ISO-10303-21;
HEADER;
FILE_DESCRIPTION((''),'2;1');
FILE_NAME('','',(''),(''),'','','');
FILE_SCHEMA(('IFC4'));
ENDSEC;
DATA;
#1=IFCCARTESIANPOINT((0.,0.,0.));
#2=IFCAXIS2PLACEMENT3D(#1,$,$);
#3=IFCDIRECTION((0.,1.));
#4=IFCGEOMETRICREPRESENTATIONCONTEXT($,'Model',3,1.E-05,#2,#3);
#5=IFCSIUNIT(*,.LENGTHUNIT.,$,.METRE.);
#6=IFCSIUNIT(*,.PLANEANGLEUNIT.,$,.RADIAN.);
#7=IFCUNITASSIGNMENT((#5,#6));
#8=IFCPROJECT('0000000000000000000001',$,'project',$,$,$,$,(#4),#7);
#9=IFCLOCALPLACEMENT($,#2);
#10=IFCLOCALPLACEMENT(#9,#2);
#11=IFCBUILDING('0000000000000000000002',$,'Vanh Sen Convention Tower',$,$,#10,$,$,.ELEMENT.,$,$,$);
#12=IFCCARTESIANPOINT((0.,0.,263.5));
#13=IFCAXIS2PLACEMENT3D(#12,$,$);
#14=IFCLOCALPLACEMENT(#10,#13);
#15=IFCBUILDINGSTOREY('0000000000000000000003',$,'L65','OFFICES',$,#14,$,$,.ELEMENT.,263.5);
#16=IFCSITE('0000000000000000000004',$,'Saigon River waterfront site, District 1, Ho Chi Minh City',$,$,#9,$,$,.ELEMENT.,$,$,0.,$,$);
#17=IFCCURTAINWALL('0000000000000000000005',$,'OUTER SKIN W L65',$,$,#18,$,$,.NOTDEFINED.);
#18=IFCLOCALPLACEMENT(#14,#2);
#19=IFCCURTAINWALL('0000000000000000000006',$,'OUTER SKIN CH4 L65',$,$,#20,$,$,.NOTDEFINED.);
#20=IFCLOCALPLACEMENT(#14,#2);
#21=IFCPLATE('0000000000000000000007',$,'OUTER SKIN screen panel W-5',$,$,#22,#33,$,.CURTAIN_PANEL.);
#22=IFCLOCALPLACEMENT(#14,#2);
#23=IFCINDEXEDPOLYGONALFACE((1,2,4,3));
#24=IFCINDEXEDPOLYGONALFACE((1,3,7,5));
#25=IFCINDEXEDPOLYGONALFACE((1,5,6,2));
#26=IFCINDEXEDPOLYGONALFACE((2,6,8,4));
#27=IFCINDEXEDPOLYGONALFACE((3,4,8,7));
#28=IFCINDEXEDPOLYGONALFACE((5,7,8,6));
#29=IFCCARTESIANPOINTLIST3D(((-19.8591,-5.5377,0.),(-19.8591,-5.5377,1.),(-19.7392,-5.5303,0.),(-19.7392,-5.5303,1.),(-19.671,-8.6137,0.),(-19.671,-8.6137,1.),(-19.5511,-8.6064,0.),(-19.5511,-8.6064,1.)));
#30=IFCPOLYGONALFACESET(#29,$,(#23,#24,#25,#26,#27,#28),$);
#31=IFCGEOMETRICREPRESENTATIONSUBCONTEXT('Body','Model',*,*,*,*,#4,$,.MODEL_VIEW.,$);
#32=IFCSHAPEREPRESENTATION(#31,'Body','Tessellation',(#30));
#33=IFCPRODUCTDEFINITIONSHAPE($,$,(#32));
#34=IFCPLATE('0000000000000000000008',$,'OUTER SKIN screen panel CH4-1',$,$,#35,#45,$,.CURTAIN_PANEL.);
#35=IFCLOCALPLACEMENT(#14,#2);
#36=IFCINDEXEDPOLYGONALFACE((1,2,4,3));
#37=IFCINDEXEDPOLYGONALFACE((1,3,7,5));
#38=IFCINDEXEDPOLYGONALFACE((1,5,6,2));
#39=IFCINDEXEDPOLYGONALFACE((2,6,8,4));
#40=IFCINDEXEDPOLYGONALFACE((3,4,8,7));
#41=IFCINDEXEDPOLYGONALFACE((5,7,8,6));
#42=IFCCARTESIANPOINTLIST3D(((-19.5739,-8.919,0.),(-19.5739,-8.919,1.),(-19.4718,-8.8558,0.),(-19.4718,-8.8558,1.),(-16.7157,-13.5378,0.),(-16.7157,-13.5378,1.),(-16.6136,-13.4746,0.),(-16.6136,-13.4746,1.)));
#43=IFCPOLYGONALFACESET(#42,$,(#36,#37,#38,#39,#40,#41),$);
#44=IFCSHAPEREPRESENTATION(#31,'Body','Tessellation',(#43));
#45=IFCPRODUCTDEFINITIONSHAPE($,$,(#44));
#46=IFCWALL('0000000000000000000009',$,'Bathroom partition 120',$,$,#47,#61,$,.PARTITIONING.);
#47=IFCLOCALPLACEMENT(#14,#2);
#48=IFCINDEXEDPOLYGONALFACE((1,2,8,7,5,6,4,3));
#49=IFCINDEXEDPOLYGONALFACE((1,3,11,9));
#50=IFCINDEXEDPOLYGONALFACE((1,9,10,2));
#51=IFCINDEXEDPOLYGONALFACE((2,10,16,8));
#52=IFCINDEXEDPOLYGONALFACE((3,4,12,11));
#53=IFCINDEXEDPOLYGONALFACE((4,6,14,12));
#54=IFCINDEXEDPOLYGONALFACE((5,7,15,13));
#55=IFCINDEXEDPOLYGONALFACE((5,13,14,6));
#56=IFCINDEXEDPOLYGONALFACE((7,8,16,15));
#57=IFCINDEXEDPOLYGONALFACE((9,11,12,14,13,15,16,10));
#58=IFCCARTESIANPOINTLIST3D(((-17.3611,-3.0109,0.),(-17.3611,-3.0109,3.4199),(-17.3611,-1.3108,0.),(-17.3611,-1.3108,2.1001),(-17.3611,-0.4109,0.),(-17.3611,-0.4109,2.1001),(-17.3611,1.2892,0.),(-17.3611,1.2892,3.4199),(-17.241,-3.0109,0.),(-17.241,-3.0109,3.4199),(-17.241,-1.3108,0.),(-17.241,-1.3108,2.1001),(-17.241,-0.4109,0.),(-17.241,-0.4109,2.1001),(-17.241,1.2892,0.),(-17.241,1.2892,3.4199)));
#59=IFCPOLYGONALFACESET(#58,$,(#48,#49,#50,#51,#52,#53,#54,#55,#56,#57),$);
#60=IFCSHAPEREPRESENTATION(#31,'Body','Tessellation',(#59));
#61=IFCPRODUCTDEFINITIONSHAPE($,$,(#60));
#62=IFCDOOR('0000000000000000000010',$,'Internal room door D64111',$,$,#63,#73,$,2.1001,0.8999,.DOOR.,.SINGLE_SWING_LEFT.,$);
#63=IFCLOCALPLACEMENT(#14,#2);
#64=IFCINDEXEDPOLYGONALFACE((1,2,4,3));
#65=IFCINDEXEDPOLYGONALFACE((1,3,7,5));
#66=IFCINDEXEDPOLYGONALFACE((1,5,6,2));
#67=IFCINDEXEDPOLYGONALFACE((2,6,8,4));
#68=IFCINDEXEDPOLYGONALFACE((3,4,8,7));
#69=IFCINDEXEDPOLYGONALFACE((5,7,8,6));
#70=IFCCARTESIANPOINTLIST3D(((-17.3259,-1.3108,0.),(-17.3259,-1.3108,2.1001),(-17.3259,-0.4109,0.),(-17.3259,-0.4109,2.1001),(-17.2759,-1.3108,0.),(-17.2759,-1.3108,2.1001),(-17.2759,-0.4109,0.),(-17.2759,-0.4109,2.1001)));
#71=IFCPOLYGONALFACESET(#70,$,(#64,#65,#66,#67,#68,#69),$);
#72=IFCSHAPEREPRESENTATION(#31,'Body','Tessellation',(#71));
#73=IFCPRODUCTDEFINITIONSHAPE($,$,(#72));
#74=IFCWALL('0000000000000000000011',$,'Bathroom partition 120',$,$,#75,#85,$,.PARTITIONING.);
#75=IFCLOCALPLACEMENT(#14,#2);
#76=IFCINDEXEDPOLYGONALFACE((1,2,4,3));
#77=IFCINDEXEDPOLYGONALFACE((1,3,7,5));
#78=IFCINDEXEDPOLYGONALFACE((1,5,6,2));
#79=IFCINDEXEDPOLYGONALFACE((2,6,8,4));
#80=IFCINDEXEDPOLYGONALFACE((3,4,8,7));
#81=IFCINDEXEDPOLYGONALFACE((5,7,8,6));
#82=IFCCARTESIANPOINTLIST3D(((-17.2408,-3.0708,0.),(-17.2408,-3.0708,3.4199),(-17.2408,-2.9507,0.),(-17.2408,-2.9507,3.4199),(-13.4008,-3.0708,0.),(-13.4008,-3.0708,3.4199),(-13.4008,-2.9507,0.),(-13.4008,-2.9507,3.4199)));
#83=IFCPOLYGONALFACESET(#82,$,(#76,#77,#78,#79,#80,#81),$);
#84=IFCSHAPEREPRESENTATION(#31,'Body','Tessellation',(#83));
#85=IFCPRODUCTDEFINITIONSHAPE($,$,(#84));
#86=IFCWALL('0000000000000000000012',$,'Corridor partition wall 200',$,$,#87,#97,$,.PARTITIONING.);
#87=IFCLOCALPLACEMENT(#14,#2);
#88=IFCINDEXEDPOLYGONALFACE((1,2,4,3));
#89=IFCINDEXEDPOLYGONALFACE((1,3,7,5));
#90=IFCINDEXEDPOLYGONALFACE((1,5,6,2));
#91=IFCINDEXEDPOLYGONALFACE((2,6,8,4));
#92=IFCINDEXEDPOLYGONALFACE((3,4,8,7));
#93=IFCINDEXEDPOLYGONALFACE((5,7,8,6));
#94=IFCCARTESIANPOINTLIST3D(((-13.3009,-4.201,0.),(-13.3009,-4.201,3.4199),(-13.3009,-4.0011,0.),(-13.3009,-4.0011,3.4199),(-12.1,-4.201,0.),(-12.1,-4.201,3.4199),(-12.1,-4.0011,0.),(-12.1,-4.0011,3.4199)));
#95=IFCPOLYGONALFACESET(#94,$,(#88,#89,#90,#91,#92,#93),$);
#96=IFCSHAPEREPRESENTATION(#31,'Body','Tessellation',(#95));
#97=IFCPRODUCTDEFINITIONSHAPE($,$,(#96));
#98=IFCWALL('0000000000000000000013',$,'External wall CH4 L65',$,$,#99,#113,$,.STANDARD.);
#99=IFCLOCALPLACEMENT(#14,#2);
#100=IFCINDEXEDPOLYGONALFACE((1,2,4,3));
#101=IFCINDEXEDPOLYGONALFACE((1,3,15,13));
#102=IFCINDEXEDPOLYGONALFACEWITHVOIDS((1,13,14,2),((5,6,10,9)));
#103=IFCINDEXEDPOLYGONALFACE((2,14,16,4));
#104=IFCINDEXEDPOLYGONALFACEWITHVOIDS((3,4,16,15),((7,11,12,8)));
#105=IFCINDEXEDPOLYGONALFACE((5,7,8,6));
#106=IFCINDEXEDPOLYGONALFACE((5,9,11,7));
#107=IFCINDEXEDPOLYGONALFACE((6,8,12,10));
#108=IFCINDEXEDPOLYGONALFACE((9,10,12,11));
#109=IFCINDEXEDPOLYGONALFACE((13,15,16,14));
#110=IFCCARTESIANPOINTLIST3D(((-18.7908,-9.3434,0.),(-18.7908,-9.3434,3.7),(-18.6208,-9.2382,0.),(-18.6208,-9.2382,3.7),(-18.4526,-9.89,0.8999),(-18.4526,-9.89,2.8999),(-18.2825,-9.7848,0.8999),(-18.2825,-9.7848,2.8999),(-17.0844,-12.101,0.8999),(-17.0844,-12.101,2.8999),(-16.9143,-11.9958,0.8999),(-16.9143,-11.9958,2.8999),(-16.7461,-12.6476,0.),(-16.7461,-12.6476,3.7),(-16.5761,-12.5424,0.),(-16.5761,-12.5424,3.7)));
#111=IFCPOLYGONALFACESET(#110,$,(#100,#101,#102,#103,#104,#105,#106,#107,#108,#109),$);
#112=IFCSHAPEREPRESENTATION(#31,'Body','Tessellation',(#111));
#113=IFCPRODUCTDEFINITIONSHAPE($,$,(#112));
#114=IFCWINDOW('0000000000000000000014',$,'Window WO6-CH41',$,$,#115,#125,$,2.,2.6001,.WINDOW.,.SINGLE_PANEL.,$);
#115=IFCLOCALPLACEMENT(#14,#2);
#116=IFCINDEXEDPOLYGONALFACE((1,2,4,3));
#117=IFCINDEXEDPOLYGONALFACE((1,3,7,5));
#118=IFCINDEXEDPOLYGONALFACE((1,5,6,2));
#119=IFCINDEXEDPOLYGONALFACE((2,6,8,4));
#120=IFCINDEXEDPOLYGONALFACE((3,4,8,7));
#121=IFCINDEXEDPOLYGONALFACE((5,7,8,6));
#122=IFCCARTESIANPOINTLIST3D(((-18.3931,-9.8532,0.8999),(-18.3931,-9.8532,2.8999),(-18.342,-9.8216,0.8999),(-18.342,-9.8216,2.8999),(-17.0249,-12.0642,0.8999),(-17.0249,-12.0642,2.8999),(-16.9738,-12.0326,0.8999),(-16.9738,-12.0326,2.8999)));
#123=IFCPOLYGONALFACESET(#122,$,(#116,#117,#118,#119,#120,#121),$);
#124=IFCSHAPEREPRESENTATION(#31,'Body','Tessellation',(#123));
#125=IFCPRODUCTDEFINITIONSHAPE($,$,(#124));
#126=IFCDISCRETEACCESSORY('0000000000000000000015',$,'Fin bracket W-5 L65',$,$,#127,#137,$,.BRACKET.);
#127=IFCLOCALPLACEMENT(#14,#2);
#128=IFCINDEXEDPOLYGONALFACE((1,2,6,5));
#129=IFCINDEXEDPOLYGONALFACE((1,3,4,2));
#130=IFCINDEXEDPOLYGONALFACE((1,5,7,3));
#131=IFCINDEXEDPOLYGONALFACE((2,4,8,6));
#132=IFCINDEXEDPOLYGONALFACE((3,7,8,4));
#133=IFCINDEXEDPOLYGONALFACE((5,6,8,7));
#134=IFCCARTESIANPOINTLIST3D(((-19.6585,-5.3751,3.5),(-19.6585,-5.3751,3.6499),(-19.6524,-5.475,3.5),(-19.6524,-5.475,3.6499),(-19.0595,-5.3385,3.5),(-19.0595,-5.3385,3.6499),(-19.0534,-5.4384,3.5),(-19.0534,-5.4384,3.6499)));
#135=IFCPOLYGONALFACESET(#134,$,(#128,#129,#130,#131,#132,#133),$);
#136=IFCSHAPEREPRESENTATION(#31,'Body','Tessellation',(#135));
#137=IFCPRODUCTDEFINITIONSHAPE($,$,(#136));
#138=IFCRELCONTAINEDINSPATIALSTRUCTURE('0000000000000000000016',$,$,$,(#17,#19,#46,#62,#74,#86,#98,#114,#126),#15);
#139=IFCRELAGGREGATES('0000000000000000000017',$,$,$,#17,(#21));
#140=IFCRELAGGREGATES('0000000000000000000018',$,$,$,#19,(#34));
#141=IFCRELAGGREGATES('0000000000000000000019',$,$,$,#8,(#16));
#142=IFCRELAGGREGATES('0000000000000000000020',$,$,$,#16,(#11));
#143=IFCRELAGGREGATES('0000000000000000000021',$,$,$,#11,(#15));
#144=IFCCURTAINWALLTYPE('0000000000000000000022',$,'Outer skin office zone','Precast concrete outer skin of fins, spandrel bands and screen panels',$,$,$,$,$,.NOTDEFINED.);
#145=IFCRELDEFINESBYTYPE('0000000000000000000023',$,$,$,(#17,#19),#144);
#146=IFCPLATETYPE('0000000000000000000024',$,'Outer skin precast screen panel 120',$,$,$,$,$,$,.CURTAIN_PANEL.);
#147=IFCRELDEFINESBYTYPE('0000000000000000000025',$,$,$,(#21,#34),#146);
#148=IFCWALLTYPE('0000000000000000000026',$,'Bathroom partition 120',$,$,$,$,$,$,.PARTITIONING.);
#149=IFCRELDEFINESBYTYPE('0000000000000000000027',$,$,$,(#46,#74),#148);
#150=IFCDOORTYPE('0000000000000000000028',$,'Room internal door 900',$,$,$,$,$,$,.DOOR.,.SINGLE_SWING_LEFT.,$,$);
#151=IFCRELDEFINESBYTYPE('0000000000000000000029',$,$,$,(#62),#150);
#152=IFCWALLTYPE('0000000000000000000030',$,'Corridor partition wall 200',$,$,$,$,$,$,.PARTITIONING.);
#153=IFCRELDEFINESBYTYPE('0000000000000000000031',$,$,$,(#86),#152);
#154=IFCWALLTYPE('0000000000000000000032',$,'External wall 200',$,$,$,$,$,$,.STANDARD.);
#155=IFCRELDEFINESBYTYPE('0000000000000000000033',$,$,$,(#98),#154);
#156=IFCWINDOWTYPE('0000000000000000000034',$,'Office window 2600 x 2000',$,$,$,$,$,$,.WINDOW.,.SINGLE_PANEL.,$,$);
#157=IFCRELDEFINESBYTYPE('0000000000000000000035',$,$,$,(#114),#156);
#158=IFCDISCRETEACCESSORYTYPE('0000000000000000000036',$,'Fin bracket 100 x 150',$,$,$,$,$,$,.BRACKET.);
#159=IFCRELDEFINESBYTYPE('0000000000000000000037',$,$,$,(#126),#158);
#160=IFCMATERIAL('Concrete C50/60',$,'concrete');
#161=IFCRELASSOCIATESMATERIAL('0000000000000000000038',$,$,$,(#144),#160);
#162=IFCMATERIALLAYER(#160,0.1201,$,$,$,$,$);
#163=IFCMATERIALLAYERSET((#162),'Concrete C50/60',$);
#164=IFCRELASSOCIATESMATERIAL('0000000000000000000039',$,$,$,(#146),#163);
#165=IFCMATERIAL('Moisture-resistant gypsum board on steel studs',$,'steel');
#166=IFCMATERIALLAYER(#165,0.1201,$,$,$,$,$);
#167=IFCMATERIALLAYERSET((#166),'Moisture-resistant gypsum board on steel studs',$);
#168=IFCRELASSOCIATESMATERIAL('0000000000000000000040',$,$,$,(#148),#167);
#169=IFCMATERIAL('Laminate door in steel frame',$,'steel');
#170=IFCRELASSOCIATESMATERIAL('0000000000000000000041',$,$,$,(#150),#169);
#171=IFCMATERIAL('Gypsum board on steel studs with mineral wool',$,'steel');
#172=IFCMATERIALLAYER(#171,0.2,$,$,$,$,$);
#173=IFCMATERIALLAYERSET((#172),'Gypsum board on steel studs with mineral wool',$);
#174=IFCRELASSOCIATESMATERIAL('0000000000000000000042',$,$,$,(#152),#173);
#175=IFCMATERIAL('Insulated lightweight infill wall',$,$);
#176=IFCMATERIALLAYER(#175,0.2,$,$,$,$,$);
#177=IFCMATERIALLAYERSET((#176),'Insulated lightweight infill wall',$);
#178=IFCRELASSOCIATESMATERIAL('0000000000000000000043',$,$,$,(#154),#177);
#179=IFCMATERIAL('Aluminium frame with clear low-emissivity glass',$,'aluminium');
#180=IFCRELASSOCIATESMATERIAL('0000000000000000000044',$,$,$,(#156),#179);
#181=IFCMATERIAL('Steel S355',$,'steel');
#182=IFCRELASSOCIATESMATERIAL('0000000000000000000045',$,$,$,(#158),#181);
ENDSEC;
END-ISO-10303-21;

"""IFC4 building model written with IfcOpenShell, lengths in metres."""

from ifc_helpers import new_model, si_unit, direction, frame, frame_2d, origin, origin_2d, place, context, subcontext, project, spatial, rectangle, extrude, material, layer, layer_set, type_object, element, fill, aggregate, save


model = new_model("IFC4")

# Units and contexts
model_context = context("Model", 3, precision=1e-05, world=origin(), true_north=direction((0.0, 1.0)))
body_context = subcontext(model_context, "Body", "Model", "MODEL_VIEW")
ifc_project = project(units=[si_unit("LENGTHUNIT", "METRE"), si_unit("PLANEANGLEUNIT", "RADIAN")], contexts=[model_context])

# Site, building, storey
site_placement = place(None, origin())
site = spatial("IfcSite", under=ifc_project, at=site_placement, Name="Saigon River waterfront site, District 1, Ho Chi Minh City", CompositionType="ELEMENT", RefElevation=0.0)
building_placement = place(site_placement, origin())
building = spatial("IfcBuilding", under=site, at=building_placement, Name="Vanh Sen Convention Tower", CompositionType="ELEMENT")
storey_placement = place(building_placement, frame((0.0, 0.0, 263.5)))
storey = spatial("IfcBuildingStorey", under=building, at=storey_placement, Name="L65", Description="OFFICES", CompositionType="ELEMENT", Elevation=263.5)

# Curtain wall
ifc_material_1 = material(Name="Concrete C50/60", Category="concrete")
curtain_wall_type = type_object("IfcCurtainWallType", Name="Outer skin office zone", Description="Precast concrete outer skin of fins, spandrel bands and screen panels", PredefinedType="NOTDEFINED", material=ifc_material_1)
curtain_wall_1_placement = place(storey_placement, origin())
curtain_wall_1 = element("IfcCurtainWall", 1, at=curtain_wall_1_placement, inside=storey, type_object=curtain_wall_type, Name="OUTER SKIN W L65", PredefinedType="NOTDEFINED")

# Curtain wall
curtain_wall_2_placement = place(storey_placement, origin())
curtain_wall_2 = element("IfcCurtainWall", 2, at=curtain_wall_2_placement, inside=storey, type_object=curtain_wall_type, Name="OUTER SKIN CH4 L65", PredefinedType="NOTDEFINED")

# Plates
ifc_layer_1 = layer(ifc_material_1, 0.1201)
ifc_layer_set_1 = layer_set([ifc_layer_1], Name="Concrete C50/60")
plate_type = type_object("IfcPlateType", Name="Outer skin precast screen panel 120", PredefinedType="CURTAIN_PANEL", material=ifc_layer_set_1)
plate_1_placement = place(storey_placement, frame((-19.7051, -7.072, 0.0), z_axis=(0.0, 0.0, 1.0), x_axis=(0.06105, -0.998135, 0.0)))
plate_1 = element("IfcPlate", 3, at=plate_1_placement, type_object=plate_type, Name="OUTER SKIN screen panel W-5", PredefinedType="CURTAIN_PANEL", context=body_context, shape_type="SweptSolid", body=[
    extrude(rectangle(XDim=3.0818, YDim=0.1201, at=origin_2d()), origin(), (0.0, 0.0, 1.0), 1.0),
])
aggregate(curtain_wall_1, [plate_1])
plate_2_placement = place(storey_placement, frame((-18.0938, -11.1968, 0.0), z_axis=(0.0, 0.0, 1.0), x_axis=(0.526211, -0.850354, 0.0)))
plate_2 = element("IfcPlate", 4, at=plate_2_placement, type_object=plate_type, Name="OUTER SKIN screen panel CH4-1", PredefinedType="CURTAIN_PANEL", context=body_context, shape_type="SweptSolid", body=[
    extrude(rectangle(XDim=5.4316, YDim=0.1201, at=origin_2d()), origin(), (0.0, 0.0, 1.0), 1.0),
])
aggregate(curtain_wall_2, [plate_2])

# Wall, opening, door
ifc_material_2 = material(Name="Moisture-resistant gypsum board on steel studs", Category="steel")
ifc_layer_2 = layer(ifc_material_2, 0.1201)
ifc_layer_set_2 = layer_set([ifc_layer_2], Name="Moisture-resistant gypsum board on steel studs")
wall_type_1 = type_object("IfcWallType", Name="Bathroom partition 120", PredefinedType="PARTITIONING", material=ifc_layer_set_2)
wall_1_placement = place(storey_placement, frame((-17.301, -3.0107, 0.0), z_axis=(0.0, 0.0, 1.0), x_axis=(0.0, 1.0, 0.0)))
wall_1 = element("IfcWall", 5, at=wall_1_placement, inside=storey, type_object=wall_type_1, Name="Bathroom partition 120", PredefinedType="PARTITIONING", context=body_context, shape_type="SweptSolid", body=[
    extrude(rectangle(XDim=4.3, YDim=0.1201, at=frame_2d((2.1499, 0.0))), origin(), (0.0, 0.0, 1.0), 3.4199),
])
opening_1_placement = place(wall_1_placement, frame((1.7, 0.0, 0.0)))
opening_1 = element("IfcOpeningElement", 6, at=opening_1_placement, cuts=wall_1, PredefinedType="OPENING", context=body_context, shape_type="SweptSolid", body=[
    extrude(rectangle(XDim=0.8999, YDim=2.1001, at=frame_2d((0.45, 1.05))), frame((0.0, 0.0701, 0.0), z_axis=(0.0, -1.0, 0.0), x_axis=(1.0, 0.0, 0.0)), (0.0, 0.0, 1.0), 0.1401),
])
ifc_material_3 = material(Name="Laminate door in steel frame", Category="steel")
door_type = type_object("IfcDoorType", Name="Room internal door 900", OperationType="SINGLE_SWING_LEFT", PredefinedType="DOOR", material=ifc_material_3)
door_placement = place(opening_1_placement, origin())
door = element("IfcDoor", 7, at=door_placement, inside=storey, type_object=door_type, Name="Internal room door D64111", OperationType="SINGLE_SWING_LEFT", OverallHeight=2.1001, OverallWidth=0.8999, PredefinedType="DOOR", context=body_context, shape_type="SweptSolid", body=[
    extrude(rectangle(XDim=0.8999, YDim=2.1001, at=frame_2d((0.45, 1.05))), frame((0.0, 0.0249, 0.0), z_axis=(0.0, -1.0, 0.0), x_axis=(1.0, 0.0, 0.0)), (0.0, 0.0, 1.0), 0.05),
])
fill(opening_1, door)

# Walls
wall_2_placement = place(storey_placement, frame((-13.4009, -3.0107, 0.0), z_axis=(0.0, 0.0, 1.0), x_axis=(-1.0, 0.0, 0.0)))
element("IfcWall", 8, at=wall_2_placement, inside=storey, type_object=wall_type_1, Name="Bathroom partition 120", PredefinedType="PARTITIONING", context=body_context, shape_type="SweptSolid", body=[
    extrude(rectangle(XDim=3.8401, YDim=0.1201, at=frame_2d((1.9199, 0.0))), origin(), (0.0, 0.0, 1.0), 3.4199),
])
ifc_material_4 = material(Name="Gypsum board on steel studs with mineral wool", Category="steel")
ifc_layer_3 = layer(ifc_material_4, 0.2)
ifc_layer_set_3 = layer_set([ifc_layer_3], Name="Gypsum board on steel studs with mineral wool")
wall_type_2 = type_object("IfcWallType", Name="Corridor partition wall 200", PredefinedType="PARTITIONING", material=ifc_layer_set_3)
wall_3_placement = place(storey_placement, frame((-13.301, -4.1011, 0.0), z_axis=(0.0, 0.0, 1.0), x_axis=(1.0, 0.0, 0.0)))
element("IfcWall", 9, at=wall_3_placement, inside=storey, type_object=wall_type_2, Name="Corridor partition wall 200", PredefinedType="PARTITIONING", context=body_context, shape_type="SweptSolid", body=[
    extrude(rectangle(XDim=1.2009, YDim=0.2, at=frame_2d((0.6006, 0.0))), origin(), (0.0, 0.0, 1.0), 3.4199),
])

# Wall, opening, window
ifc_material_5 = material(Name="Insulated lightweight infill wall")
ifc_layer_4 = layer(ifc_material_5, 0.2)
ifc_layer_set_4 = layer_set([ifc_layer_4], Name="Insulated lightweight infill wall")
wall_type_3 = type_object("IfcWallType", Name="External wall 200", PredefinedType="STANDARD", material=ifc_layer_set_4)
wall_4_placement = place(storey_placement, frame((-18.7058, -9.2908, 0.0), z_axis=(0.0, 0.0, 1.0), x_axis=(0.52621, -0.850355, 0.0)))
wall_4 = element("IfcWall", 10, at=wall_4_placement, inside=storey, type_object=wall_type_3, Name="External wall CH4 L65", PredefinedType="STANDARD", context=body_context, shape_type="SweptSolid", body=[
    extrude(rectangle(XDim=3.8857, YDim=0.2, at=frame_2d((1.9429, 0.0))), origin(), (0.0, 0.0, 1.0), 3.7),
])
opening_2_placement = place(wall_4_placement, frame((0.6428, 0.0, 0.8999)))
opening_2 = element("IfcOpeningElement", 11, at=opening_2_placement, cuts=wall_4, PredefinedType="OPENING", context=body_context, shape_type="SweptSolid", body=[
    extrude(rectangle(XDim=2.6001, YDim=2.0, at=frame_2d((1.3, 1.0))), frame((0.0, 0.1099, 0.0), z_axis=(0.0, -1.0, 0.0), x_axis=(1.0, 0.0, 0.0)), (0.0, 0.0, 1.0), 0.22),
])
ifc_material_6 = material(Name="Aluminium frame with clear low-emissivity glass", Category="aluminium")
window_type = type_object("IfcWindowType", Name="Office window 2600 x 2000", PartitioningType="SINGLE_PANEL", PredefinedType="WINDOW", material=ifc_material_6)
window_placement = place(opening_2_placement, origin())
window = element("IfcWindow", 12, at=window_placement, inside=storey, type_object=window_type, Name="Window WO6-CH41", OverallHeight=2.0, OverallWidth=2.6001, PartitioningType="SINGLE_PANEL", PredefinedType="WINDOW", context=body_context, shape_type="SweptSolid", body=[
    extrude(rectangle(XDim=2.6001, YDim=2.0, at=frame_2d((1.3, 1.0))), frame((0.0, 0.03, 0.0), z_axis=(0.0, -1.0, 0.0), x_axis=(1.0, 0.0, 0.0)), (0.0, 0.0, 1.0), 0.0601),
])
fill(opening_2, window)

# Discrete accessory
ifc_material_7 = material(Name="Steel S355", Category="steel")
discrete_accessory_type = type_object("IfcDiscreteAccessoryType", Name="Fin bracket 100 x 150", PredefinedType="BRACKET", material=ifc_material_7)
discrete_accessory_placement = place(storey_placement, frame((-19.356, -5.4067, 3.5), z_axis=(0.0, 0.0, 1.0), x_axis=(-0.998135, -0.061049, 0.0)))
element("IfcDiscreteAccessory", 13, at=discrete_accessory_placement, inside=storey, type_object=discrete_accessory_type, Name="Fin bracket W-5 L65", PredefinedType="BRACKET", context=body_context, shape_type="SweptSolid", body=[
    extrude(rectangle(XDim=0.6001, YDim=0.1001, at=origin_2d()), origin(), (0.0, 0.0, 1.0), 0.1499),
])

save(model, "model.ifc")
